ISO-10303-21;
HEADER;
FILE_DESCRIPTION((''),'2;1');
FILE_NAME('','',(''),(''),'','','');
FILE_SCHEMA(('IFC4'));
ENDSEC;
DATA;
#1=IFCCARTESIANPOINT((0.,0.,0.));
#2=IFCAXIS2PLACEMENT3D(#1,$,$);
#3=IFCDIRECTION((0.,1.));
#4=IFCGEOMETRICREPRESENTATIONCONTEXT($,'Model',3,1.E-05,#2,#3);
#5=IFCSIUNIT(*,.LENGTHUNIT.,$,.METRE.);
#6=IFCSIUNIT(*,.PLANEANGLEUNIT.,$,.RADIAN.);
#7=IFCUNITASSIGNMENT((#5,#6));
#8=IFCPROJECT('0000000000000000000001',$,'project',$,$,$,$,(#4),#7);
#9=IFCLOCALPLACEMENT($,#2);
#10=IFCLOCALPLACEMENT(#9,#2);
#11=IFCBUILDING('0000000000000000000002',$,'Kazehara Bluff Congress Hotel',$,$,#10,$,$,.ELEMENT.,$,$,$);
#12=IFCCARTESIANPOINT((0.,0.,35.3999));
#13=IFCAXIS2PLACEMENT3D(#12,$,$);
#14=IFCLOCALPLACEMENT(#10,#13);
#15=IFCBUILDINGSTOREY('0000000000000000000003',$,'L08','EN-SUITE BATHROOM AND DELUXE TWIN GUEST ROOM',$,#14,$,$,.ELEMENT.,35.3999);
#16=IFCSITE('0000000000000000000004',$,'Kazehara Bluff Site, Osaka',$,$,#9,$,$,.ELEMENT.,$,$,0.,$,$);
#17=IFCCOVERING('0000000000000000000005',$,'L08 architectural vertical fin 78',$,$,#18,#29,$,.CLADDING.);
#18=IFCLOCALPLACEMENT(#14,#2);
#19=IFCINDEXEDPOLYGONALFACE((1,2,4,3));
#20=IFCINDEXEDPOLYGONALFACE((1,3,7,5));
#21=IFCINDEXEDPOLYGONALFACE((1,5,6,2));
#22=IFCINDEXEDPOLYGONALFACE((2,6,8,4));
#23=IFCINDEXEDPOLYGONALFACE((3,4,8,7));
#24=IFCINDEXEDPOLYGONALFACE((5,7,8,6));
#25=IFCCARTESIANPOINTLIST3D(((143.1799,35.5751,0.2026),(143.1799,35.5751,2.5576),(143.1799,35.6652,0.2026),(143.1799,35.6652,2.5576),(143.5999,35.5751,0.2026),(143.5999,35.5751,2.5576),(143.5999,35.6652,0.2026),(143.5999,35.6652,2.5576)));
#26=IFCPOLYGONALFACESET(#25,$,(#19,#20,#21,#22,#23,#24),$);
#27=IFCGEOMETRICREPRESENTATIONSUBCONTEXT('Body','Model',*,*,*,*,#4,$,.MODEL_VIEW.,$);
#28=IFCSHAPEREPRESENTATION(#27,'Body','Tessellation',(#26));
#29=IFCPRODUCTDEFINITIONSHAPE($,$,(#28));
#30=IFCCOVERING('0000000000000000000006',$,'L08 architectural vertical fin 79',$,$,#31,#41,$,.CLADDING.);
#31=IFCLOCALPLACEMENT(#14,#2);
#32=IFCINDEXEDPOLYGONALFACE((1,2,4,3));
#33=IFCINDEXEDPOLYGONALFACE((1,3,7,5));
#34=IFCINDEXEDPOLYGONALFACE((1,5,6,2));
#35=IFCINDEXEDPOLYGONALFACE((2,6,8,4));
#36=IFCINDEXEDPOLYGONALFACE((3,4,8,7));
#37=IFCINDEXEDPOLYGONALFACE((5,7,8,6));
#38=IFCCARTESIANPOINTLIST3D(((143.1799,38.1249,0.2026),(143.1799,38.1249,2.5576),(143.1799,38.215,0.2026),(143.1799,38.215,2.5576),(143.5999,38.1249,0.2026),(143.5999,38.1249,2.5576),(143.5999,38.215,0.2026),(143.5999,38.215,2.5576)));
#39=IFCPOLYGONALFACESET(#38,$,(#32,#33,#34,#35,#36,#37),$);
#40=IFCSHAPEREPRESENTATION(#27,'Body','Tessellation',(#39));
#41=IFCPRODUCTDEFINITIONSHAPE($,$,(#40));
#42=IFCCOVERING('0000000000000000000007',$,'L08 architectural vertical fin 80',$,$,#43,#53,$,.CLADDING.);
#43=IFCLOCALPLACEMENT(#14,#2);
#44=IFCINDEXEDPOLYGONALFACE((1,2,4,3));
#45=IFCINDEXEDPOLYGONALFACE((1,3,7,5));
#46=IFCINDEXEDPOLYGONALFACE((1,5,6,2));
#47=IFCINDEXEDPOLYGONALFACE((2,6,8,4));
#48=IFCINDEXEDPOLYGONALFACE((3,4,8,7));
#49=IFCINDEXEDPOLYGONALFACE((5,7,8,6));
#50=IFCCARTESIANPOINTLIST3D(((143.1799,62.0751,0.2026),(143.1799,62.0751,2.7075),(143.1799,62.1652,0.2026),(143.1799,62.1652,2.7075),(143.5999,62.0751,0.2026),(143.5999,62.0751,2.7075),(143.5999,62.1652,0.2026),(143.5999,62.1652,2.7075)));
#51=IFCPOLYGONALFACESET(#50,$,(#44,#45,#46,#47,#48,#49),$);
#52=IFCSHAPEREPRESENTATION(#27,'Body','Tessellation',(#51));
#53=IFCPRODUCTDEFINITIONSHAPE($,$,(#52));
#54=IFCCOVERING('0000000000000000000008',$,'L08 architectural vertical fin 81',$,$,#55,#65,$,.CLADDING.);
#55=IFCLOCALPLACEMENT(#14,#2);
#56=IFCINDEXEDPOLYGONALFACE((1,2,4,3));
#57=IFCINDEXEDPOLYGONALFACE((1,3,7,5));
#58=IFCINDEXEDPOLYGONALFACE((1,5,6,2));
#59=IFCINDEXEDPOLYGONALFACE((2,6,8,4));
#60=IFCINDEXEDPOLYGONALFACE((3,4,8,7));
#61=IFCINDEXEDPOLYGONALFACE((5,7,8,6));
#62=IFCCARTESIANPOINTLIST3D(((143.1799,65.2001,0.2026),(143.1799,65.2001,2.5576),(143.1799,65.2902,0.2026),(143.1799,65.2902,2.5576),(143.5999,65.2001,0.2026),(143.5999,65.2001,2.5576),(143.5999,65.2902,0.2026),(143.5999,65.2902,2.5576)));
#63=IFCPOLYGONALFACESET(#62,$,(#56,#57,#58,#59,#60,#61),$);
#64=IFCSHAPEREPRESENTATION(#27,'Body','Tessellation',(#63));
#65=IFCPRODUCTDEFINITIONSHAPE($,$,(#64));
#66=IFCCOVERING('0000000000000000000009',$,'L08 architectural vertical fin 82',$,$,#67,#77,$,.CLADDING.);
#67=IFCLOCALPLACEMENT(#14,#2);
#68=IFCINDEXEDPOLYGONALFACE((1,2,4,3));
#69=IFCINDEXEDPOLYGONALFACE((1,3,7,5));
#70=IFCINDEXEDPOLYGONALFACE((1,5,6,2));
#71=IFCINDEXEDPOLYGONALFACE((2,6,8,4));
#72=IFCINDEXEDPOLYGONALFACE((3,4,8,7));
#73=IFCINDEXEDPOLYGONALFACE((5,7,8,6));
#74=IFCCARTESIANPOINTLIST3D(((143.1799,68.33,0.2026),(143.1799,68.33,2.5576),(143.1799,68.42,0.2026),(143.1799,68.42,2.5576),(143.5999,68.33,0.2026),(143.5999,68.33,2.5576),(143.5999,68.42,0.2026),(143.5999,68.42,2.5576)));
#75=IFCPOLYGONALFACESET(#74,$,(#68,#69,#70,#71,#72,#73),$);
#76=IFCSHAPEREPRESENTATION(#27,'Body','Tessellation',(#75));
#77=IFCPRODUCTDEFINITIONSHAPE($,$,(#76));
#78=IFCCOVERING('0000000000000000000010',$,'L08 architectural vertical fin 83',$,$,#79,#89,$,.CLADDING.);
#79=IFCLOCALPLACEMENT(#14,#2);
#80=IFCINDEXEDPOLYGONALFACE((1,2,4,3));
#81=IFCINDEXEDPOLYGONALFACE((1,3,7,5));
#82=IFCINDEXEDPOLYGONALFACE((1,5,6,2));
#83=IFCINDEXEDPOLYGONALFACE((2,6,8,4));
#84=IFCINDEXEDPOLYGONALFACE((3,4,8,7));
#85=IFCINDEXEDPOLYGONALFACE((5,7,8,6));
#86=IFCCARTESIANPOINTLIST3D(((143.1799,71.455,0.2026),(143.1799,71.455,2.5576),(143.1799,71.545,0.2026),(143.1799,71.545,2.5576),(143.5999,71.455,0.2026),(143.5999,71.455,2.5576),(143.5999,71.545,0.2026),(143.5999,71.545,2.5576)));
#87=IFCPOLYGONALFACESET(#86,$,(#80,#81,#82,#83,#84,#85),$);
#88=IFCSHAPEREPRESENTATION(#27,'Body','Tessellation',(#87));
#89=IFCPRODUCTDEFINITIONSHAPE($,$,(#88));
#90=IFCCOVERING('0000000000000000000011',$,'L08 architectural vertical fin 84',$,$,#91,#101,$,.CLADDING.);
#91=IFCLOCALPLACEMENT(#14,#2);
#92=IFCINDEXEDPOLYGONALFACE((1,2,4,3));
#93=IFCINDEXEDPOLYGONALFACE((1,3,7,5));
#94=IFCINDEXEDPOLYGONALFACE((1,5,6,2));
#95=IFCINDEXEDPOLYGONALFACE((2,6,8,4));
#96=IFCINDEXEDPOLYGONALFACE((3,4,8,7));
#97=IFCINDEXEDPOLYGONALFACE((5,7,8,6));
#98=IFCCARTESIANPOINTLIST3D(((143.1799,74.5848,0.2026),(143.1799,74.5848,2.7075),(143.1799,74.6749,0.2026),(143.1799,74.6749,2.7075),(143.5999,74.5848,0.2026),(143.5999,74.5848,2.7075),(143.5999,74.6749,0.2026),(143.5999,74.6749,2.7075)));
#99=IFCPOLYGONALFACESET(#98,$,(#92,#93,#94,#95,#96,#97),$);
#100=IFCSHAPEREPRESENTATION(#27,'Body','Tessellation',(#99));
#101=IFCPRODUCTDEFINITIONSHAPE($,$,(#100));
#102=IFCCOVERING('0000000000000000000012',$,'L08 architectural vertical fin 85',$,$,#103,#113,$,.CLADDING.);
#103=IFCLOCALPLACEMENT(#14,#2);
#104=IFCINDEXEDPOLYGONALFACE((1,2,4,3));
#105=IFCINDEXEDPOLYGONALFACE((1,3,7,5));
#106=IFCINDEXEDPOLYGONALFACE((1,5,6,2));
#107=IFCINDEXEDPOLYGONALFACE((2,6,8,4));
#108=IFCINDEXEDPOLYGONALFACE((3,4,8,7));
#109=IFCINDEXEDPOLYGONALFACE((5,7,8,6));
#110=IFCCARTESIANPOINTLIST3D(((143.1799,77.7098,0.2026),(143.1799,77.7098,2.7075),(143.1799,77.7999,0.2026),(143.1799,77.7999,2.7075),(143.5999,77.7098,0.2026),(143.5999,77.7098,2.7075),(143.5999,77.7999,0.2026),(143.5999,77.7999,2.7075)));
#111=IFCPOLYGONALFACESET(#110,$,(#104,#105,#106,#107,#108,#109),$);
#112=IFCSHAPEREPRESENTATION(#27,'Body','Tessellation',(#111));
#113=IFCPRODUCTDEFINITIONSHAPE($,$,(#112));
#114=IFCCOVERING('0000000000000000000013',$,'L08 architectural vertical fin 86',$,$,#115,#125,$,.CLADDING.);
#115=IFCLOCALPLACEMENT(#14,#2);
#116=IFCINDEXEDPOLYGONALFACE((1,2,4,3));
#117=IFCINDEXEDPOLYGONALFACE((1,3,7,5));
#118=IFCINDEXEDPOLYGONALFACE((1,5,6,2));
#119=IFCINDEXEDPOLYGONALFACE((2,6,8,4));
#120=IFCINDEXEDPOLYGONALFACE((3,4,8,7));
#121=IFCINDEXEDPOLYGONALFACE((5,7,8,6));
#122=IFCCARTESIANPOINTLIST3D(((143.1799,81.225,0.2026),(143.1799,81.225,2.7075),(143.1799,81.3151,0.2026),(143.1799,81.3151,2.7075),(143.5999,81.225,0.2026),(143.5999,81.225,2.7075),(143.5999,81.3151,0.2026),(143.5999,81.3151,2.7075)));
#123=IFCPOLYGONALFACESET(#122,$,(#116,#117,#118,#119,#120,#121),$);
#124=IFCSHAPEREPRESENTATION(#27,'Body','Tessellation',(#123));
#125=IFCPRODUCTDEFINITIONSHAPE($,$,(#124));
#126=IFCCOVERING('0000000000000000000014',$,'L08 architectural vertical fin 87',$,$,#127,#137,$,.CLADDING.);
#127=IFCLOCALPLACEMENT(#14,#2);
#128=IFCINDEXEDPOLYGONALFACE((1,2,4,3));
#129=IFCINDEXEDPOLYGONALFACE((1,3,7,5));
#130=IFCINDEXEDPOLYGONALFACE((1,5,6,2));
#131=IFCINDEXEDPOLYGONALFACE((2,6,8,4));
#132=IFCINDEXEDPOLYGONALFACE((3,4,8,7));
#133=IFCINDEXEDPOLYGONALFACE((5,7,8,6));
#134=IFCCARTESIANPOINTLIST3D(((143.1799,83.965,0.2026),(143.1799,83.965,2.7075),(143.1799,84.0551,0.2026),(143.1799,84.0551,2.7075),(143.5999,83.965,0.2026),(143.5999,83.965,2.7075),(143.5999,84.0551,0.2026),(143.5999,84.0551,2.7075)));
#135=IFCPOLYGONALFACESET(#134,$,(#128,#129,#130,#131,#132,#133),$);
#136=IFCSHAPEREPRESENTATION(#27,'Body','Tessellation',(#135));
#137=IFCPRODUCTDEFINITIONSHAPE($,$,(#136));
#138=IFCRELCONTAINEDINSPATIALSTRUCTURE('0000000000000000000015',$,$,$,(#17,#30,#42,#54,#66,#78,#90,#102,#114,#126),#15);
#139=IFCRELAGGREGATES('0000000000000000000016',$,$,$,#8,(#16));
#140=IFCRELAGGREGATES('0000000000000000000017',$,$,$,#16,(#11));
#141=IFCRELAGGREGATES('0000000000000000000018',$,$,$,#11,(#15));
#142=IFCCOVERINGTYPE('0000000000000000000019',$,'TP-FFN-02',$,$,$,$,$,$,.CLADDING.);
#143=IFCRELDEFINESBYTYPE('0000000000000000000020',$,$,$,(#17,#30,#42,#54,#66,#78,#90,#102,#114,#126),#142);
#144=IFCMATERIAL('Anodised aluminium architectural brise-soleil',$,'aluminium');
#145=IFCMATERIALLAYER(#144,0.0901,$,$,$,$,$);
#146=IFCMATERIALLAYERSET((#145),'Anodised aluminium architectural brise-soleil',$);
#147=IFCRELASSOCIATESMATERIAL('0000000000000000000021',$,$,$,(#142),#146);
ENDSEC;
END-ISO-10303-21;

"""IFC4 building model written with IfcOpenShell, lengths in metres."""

from ifc_helpers import new_model, si_unit, direction, frame, origin, origin_2d, place, context, subcontext, project, spatial, rectangle, extrude, material, layer, layer_set, type_object, element, save


model = new_model("IFC4")

# Units and contexts
model_context = context("Model", 3, precision=1e-05, world=origin(), true_north=direction((0.0, 1.0)))
body_context = subcontext(model_context, "Body", "Model", "MODEL_VIEW")
ifc_project = project(units=[si_unit("LENGTHUNIT", "METRE"), si_unit("PLANEANGLEUNIT", "RADIAN")], contexts=[model_context])

# Site, building, storey
site_placement = place(None, origin())
site = spatial("IfcSite", under=ifc_project, at=site_placement, Name="Kazehara Bluff Site, Osaka", CompositionType="ELEMENT", RefElevation=0.0)
building_placement = place(site_placement, origin())
building = spatial("IfcBuilding", under=site, at=building_placement, Name="Kazehara Bluff Congress Hotel", CompositionType="ELEMENT")
storey_placement = place(building_placement, frame((0.0, 0.0, 35.3999)))
storey = spatial("IfcBuildingStorey", under=building, at=storey_placement, Name="L08", Description="EN-SUITE BATHROOM AND DELUXE TWIN GUEST ROOM", CompositionType="ELEMENT", Elevation=35.3999)

# Coverings
ifc_material_1 = material(Name="Anodised aluminium architectural brise-soleil", Category="aluminium")
ifc_layer_1 = layer(ifc_material_1, 0.0901)
ifc_layer_set_1 = layer_set([ifc_layer_1], Name="Anodised aluminium architectural brise-soleil")
covering_type = type_object("IfcCoveringType", Name="TP-FFN-02", PredefinedType="CLADDING", material=ifc_layer_set_1)
for number, where, z_axis, x_axis, name in (
    (1, (143.3899, 35.6201, 0.2026), (0.0, 0.0, 1.0), (1.0, 0.0, 0.0), "L08 architectural vertical fin 78"),
    (2, (143.3899, 38.1699, 0.2026), (0.0, 0.0, 1.0), (1.0, 0.0, 0.0), "L08 architectural vertical fin 79"),
):
    element("IfcCovering", number, at=place(storey_placement, frame(where, z_axis=z_axis, x_axis=x_axis)), inside=storey, type_object=covering_type, Name=name, PredefinedType="CLADDING", context=body_context, shape_type="SweptSolid", body=[
        extrude(rectangle(XDim=0.4199, YDim=0.0901, at=origin_2d()), origin(), (0.0, 0.0, 1.0), 2.355),
    ])
covering_placement = place(storey_placement, frame((143.3899, 62.1201, 0.2026), z_axis=(0.0, 0.0, 1.0), x_axis=(1.0, 0.0, 0.0)))
element("IfcCovering", 3, at=covering_placement, inside=storey, type_object=covering_type, Name="L08 architectural vertical fin 80", PredefinedType="CLADDING", context=body_context, shape_type="SweptSolid", body=[
    extrude(rectangle(XDim=0.4199, YDim=0.0901, at=origin_2d()), origin(), (0.0, 0.0, 1.0), 2.5049),
])
for number, where, z_axis, x_axis, name in (
    (4, (143.3899, 65.2451, 0.2026), (0.0, 0.0, 1.0), (1.0, 0.0, 0.0), "L08 architectural vertical fin 81"),
    (5, (143.3899, 68.375, 0.2026), (0.0, 0.0, 1.0), (1.0, 0.0, 0.0), "L08 architectural vertical fin 82"),
    (6, (143.3899, 71.5, 0.2026), (0.0, 0.0, 1.0), (1.0, 0.0, 0.0), "L08 architectural vertical fin 83"),
):
    element("IfcCovering", number, at=place(storey_placement, frame(where, z_axis=z_axis, x_axis=x_axis)), inside=storey, type_object=covering_type, Name=name, PredefinedType="CLADDING", context=body_context, shape_type="SweptSolid", body=[
        extrude(rectangle(XDim=0.4199, YDim=0.0901, at=origin_2d()), origin(), (0.0, 0.0, 1.0), 2.355),
    ])
for number, where, z_axis, x_axis, name in (
    (7, (143.3899, 74.6299, 0.2026), (0.0, 0.0, 1.0), (1.0, 0.0, 0.0), "L08 architectural vertical fin 84"),
    (8, (143.3899, 77.7549, 0.2026), (0.0, 0.0, 1.0), (1.0, 0.0, 0.0), "L08 architectural vertical fin 85"),
    (9, (143.3899, 81.27, 0.2026), (0.0, 0.0, 1.0), (1.0, 0.0, 0.0), "L08 architectural vertical fin 86"),
    (10, (143.3899, 84.01, 0.2026), (0.0, 0.0, 1.0), (1.0, 0.0, 0.0), "L08 architectural vertical fin 87"),
):
    element("IfcCovering", number, at=place(storey_placement, frame(where, z_axis=z_axis, x_axis=x_axis)), inside=storey, type_object=covering_type, Name=name, PredefinedType="CLADDING", context=body_context, shape_type="SweptSolid", body=[
        extrude(rectangle(XDim=0.4199, YDim=0.0901, at=origin_2d()), origin(), (0.0, 0.0, 1.0), 2.5049),
    ])

save(model, "model.ifc")
